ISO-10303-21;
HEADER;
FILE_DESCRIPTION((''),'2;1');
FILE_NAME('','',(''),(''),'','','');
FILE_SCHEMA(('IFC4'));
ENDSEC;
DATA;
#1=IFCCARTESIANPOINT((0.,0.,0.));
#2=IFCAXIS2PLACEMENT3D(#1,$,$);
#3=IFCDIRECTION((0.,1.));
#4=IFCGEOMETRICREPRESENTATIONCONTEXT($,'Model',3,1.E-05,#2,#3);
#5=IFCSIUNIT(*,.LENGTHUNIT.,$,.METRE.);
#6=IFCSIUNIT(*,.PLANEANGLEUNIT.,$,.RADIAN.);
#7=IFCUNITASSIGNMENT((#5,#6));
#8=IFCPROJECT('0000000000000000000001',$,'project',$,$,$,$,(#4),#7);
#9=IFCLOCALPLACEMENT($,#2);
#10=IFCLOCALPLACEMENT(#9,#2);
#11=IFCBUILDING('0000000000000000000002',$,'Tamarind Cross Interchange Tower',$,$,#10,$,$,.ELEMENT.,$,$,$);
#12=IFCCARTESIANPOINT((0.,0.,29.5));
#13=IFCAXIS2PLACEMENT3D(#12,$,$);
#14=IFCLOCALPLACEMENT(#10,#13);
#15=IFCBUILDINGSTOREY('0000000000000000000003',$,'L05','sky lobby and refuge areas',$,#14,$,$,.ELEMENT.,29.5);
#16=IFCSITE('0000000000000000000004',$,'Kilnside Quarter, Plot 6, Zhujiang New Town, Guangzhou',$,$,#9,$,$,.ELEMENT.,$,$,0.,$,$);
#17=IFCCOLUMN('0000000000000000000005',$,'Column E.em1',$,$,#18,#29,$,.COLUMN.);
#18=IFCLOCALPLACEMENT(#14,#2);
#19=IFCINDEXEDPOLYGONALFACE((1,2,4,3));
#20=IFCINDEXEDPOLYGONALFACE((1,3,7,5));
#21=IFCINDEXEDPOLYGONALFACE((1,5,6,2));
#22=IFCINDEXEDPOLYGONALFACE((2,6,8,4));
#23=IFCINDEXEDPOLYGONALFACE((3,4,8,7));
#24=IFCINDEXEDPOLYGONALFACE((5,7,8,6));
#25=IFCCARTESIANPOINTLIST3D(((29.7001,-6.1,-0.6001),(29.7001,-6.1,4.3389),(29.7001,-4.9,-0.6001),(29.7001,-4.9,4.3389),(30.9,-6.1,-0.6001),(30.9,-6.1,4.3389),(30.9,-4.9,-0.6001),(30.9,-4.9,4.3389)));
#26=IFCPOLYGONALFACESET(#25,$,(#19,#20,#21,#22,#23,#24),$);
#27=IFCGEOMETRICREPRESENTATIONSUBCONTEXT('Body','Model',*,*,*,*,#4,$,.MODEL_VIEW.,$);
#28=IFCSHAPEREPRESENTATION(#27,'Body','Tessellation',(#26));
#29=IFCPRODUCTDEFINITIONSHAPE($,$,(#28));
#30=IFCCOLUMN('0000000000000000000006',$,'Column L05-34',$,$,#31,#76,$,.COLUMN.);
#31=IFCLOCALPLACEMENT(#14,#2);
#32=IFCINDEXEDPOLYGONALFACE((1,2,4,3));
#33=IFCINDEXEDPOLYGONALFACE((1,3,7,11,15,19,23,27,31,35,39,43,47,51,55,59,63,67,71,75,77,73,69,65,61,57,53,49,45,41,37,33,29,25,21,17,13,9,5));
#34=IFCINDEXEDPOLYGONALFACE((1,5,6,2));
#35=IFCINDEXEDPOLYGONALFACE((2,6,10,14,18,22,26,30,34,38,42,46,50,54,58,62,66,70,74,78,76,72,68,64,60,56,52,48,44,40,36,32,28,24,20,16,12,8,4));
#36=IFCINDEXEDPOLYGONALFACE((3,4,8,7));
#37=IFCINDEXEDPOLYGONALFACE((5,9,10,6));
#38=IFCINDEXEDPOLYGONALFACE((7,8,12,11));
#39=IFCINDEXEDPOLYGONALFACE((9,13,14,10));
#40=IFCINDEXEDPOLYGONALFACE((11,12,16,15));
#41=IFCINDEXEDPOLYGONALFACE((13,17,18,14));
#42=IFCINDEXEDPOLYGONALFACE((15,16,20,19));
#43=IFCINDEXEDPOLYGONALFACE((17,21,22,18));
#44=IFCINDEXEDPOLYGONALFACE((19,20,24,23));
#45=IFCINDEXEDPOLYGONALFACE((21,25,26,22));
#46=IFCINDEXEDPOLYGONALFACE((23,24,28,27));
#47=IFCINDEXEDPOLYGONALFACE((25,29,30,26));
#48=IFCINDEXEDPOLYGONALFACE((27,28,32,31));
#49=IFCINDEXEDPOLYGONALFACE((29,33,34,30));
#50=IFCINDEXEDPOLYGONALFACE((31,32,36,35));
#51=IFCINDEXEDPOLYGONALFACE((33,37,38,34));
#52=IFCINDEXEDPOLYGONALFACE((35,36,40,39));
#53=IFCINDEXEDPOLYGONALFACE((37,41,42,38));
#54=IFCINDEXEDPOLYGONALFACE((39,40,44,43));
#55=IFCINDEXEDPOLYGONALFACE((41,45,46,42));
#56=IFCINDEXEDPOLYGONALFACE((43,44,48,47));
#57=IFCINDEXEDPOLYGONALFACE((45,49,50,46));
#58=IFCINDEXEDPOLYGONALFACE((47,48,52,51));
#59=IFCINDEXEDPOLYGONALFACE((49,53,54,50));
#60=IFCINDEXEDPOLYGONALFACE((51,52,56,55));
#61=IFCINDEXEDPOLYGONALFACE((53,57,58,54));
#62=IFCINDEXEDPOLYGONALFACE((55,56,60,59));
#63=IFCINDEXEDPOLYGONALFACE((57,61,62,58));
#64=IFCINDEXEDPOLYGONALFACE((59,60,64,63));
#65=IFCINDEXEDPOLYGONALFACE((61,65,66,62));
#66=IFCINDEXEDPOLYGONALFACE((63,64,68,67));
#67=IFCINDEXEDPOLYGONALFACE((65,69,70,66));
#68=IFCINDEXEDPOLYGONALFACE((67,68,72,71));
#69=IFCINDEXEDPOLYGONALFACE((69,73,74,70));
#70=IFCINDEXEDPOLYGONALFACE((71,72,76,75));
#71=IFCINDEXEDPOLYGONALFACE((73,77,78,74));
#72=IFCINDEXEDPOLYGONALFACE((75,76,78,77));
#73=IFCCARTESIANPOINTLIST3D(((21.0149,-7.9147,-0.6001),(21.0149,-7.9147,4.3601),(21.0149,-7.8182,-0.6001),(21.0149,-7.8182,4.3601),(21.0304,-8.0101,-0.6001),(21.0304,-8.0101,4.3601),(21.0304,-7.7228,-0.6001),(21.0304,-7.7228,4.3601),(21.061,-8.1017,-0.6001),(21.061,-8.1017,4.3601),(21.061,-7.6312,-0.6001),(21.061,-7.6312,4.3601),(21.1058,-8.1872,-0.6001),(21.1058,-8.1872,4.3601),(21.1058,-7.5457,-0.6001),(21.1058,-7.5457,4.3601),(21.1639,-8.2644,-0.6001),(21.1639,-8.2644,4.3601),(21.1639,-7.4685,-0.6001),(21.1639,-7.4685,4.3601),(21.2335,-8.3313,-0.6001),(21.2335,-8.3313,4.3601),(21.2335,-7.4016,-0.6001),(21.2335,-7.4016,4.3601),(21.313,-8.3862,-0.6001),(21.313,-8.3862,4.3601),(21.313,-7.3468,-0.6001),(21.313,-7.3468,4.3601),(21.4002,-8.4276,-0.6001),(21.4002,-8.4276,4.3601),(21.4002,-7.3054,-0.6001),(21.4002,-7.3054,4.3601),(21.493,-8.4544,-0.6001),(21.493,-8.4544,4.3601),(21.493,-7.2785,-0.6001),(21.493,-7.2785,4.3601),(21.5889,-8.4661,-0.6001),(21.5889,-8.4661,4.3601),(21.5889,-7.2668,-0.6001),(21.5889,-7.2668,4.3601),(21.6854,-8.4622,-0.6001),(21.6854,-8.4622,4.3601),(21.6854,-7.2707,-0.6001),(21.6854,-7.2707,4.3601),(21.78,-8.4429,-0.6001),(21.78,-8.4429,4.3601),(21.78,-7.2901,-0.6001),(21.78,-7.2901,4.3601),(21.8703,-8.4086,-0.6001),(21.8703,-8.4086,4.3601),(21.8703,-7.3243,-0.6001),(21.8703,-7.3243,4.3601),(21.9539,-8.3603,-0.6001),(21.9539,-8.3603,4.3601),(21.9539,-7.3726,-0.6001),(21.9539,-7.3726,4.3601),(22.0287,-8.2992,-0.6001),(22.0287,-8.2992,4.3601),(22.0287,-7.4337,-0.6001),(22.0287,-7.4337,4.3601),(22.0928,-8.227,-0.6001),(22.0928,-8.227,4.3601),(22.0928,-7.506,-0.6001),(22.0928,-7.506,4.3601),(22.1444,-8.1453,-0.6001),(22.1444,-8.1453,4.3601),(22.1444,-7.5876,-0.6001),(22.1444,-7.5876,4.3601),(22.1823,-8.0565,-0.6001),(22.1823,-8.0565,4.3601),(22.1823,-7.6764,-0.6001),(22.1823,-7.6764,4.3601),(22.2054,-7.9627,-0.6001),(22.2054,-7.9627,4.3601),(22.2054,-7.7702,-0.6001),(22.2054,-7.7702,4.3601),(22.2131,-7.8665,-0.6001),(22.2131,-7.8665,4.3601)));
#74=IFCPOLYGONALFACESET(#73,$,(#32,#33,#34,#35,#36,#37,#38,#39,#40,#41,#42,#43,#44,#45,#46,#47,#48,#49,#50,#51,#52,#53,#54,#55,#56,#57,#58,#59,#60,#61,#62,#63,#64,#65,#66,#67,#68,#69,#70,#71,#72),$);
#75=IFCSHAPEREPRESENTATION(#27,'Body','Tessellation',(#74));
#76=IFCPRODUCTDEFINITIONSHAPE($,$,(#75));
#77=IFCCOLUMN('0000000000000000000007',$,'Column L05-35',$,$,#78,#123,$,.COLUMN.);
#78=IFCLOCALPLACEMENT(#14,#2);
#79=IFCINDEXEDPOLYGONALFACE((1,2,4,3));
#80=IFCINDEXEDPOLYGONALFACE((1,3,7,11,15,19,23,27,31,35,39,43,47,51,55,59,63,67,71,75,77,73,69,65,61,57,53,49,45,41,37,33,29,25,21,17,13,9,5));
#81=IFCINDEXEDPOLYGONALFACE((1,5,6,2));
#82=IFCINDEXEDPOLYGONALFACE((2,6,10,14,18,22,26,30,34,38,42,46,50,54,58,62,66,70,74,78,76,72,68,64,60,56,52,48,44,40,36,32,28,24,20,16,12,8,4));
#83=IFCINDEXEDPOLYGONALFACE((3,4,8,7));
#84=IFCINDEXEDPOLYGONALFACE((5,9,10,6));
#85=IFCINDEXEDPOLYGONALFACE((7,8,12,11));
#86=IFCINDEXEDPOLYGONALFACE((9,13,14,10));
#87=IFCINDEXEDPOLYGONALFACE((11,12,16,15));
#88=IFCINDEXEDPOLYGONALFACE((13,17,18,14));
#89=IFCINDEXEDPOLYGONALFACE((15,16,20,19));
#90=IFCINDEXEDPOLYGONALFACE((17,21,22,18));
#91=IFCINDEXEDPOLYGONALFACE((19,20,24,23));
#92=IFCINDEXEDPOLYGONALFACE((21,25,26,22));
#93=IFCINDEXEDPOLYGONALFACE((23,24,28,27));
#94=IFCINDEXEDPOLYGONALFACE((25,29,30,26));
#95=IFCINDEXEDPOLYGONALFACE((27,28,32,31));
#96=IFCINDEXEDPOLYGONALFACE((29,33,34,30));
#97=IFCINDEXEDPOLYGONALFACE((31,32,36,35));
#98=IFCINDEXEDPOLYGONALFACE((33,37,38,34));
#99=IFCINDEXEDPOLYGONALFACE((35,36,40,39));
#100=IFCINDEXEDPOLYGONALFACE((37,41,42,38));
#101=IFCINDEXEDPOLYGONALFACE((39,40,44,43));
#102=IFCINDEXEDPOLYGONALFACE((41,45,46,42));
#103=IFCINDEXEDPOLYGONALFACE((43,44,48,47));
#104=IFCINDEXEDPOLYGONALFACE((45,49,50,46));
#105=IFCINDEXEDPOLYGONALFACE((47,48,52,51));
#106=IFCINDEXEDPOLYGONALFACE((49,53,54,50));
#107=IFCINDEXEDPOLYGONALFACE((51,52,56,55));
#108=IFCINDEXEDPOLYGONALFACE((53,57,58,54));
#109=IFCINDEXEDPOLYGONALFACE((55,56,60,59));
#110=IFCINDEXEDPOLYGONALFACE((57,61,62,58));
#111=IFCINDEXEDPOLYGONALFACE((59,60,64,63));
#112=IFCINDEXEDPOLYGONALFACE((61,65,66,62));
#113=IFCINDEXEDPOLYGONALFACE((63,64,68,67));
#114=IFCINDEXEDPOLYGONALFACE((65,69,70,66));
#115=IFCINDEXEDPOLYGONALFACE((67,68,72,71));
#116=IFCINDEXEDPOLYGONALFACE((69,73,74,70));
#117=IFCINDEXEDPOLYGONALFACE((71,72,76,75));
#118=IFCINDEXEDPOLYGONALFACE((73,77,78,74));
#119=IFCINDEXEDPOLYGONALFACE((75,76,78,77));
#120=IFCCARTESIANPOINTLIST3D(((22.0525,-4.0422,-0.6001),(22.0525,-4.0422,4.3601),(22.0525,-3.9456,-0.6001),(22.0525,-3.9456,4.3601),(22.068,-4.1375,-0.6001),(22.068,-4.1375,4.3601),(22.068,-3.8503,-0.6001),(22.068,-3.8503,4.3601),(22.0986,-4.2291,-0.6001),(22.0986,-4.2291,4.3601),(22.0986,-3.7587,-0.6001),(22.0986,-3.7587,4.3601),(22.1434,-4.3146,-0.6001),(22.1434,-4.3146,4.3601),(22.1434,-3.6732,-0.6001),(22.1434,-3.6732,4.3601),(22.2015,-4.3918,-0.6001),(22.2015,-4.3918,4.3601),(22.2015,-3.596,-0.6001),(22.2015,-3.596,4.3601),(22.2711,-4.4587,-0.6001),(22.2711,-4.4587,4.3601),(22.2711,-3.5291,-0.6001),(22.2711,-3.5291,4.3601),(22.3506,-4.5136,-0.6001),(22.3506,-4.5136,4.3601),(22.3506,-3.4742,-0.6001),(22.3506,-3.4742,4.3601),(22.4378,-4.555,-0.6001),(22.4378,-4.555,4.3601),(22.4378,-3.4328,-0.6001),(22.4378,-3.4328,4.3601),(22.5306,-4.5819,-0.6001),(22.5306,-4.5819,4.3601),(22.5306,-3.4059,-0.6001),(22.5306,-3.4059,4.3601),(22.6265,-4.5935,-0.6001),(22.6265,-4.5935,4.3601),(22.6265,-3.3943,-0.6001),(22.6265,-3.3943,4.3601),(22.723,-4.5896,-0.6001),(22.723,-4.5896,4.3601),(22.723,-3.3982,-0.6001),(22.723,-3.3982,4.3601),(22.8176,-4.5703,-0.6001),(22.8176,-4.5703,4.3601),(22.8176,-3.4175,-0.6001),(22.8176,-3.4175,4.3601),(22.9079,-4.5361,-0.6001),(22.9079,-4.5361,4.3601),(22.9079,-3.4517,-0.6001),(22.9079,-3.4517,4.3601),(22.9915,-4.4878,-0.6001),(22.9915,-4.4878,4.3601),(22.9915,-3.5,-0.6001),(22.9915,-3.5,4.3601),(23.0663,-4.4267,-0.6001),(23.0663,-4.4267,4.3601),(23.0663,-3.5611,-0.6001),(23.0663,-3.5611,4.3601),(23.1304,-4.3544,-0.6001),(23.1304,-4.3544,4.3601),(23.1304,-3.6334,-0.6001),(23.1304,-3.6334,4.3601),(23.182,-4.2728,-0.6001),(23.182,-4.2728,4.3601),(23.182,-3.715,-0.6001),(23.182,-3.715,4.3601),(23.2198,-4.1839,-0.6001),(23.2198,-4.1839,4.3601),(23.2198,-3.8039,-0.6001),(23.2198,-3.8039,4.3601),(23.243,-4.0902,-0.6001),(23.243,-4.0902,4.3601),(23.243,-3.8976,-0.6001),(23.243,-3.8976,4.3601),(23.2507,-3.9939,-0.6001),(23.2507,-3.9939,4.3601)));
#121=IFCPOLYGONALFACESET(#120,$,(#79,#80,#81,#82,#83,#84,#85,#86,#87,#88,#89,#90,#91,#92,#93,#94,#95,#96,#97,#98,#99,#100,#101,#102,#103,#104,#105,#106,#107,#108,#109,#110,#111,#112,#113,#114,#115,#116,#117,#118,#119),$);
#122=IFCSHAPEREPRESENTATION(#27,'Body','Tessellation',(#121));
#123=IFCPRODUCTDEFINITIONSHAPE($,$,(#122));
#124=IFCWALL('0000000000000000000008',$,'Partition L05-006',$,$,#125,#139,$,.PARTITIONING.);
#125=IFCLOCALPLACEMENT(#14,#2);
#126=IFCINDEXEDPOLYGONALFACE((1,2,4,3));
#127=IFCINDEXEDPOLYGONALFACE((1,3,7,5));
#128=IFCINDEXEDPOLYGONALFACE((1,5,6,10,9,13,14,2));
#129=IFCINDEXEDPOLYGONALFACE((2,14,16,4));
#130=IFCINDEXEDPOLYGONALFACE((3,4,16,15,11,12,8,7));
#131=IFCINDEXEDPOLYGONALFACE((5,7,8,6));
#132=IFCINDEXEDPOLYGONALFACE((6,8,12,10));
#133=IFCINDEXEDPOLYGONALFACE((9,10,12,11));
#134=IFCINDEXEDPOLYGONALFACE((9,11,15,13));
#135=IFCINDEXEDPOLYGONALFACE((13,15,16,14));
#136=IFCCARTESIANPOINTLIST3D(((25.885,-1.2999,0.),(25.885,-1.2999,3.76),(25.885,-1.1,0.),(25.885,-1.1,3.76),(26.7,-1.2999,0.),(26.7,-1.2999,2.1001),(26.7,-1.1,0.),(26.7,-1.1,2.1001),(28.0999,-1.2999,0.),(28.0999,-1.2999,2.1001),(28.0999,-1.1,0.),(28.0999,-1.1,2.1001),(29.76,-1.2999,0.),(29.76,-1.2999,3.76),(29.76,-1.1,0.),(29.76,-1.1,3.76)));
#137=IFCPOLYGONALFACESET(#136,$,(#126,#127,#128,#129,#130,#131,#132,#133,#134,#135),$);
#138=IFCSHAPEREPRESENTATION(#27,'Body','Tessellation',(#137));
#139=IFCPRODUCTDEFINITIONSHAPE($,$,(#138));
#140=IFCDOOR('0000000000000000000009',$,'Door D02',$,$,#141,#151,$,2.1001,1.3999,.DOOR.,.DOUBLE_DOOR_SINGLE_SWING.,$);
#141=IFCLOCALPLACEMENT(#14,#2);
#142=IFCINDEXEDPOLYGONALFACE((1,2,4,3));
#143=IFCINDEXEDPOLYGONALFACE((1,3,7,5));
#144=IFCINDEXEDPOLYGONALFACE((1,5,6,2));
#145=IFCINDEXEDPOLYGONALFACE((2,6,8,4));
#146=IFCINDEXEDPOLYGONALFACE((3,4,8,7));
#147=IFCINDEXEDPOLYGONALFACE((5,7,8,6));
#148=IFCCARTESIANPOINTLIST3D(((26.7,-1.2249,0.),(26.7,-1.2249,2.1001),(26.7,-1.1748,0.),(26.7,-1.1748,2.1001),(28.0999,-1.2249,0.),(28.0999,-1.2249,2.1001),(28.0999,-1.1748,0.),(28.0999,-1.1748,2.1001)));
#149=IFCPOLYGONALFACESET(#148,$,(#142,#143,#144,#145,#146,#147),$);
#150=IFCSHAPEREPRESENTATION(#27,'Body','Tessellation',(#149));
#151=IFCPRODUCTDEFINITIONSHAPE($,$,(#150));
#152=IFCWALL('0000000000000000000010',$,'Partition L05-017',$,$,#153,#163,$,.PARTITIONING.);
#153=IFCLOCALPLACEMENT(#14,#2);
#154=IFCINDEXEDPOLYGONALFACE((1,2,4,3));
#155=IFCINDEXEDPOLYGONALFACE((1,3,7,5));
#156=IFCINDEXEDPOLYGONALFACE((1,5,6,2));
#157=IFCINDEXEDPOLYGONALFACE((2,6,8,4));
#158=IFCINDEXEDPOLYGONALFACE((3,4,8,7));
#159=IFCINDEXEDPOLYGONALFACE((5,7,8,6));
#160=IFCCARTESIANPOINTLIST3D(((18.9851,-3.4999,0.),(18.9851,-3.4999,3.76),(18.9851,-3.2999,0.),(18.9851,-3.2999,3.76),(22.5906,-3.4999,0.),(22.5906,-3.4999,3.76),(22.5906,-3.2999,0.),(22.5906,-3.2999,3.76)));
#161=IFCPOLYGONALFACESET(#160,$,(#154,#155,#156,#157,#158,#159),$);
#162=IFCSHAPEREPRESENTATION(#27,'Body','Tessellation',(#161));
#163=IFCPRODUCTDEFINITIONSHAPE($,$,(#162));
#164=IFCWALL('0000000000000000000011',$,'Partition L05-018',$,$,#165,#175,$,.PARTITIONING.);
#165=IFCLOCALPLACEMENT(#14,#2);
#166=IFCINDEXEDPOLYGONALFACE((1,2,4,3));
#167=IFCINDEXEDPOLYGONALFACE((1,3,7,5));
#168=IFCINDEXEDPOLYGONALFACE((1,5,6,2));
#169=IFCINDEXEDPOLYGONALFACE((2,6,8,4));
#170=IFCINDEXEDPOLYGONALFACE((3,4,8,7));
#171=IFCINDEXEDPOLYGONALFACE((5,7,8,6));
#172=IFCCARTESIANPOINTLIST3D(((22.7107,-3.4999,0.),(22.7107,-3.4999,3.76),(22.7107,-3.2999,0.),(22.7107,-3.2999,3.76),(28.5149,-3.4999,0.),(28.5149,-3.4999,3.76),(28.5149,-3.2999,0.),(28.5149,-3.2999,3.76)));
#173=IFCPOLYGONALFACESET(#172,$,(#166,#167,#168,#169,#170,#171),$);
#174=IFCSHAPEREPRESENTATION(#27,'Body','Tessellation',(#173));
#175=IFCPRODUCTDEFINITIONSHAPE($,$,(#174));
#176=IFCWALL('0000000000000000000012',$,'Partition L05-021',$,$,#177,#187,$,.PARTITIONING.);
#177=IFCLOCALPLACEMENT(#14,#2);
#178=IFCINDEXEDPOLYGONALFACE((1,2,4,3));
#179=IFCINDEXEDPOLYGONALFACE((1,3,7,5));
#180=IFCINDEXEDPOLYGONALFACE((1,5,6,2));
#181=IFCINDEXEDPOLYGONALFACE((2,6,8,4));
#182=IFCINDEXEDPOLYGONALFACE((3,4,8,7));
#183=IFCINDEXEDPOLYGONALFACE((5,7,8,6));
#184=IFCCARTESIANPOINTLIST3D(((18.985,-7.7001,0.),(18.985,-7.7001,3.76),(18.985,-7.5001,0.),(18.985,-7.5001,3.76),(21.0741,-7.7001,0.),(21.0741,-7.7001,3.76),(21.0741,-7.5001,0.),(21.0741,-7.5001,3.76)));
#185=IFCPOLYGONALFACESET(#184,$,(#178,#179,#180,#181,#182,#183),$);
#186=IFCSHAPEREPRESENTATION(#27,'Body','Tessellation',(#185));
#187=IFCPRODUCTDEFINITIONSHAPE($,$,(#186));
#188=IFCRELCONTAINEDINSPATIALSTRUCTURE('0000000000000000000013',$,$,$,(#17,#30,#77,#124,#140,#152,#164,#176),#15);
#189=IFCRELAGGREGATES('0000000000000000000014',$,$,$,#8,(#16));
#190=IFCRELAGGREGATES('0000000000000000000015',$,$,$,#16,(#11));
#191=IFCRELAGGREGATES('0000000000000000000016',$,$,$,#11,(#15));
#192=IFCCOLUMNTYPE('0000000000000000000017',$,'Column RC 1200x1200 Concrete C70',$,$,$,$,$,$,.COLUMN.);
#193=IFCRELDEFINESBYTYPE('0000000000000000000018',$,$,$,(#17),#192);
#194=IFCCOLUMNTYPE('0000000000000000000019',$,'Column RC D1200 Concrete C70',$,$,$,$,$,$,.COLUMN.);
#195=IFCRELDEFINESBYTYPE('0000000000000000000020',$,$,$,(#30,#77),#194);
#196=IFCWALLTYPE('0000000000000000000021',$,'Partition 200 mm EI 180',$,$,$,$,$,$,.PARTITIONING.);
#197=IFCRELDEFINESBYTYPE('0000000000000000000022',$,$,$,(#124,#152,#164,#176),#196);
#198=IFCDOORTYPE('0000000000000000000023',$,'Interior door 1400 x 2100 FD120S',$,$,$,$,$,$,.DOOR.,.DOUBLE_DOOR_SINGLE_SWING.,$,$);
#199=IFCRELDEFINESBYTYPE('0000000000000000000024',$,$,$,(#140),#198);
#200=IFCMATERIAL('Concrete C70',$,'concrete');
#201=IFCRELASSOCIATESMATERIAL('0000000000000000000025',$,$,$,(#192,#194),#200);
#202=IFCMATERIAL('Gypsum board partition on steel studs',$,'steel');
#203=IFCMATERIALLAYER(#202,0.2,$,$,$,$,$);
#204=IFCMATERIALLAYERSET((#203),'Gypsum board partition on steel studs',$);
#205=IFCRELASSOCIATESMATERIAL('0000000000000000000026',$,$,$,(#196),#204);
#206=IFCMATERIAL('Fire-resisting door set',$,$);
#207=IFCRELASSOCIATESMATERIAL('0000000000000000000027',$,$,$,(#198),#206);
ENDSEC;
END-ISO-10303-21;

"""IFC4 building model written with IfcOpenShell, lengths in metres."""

from ifc_helpers import new_model, si_unit, direction, frame, frame_2d, origin, origin_2d, place, context, subcontext, project, spatial, rectangle, circle, extrude, material, layer, layer_set, material_profile, profile_set, type_object, element, fill, save


model = new_model("IFC4")

# Units and contexts
model_context = context("Model", 3, precision=1e-05, world=origin(), true_north=direction((0.0, 1.0)))
body_context = subcontext(model_context, "Body", "Model", "MODEL_VIEW")
ifc_project = project(units=[si_unit("LENGTHUNIT", "METRE"), si_unit("PLANEANGLEUNIT", "RADIAN")], contexts=[model_context])

# Site, building, storey
site_placement = place(None, origin())
site = spatial("IfcSite", under=ifc_project, at=site_placement, Name="Kilnside Quarter, Plot 6, Zhujiang New Town, Guangzhou", CompositionType="ELEMENT", RefElevation=0.0)
building_placement = place(site_placement, origin())
building = spatial("IfcBuilding", under=site, at=building_placement, Name="Tamarind Cross Interchange Tower", CompositionType="ELEMENT")
storey_placement = place(building_placement, frame((0.0, 0.0, 29.5)))
storey = spatial("IfcBuildingStorey", under=building, at=storey_placement, Name="L05", Description="sky lobby and refuge areas", CompositionType="ELEMENT", Elevation=29.5)

# Columns
ifc_material_1 = material(Name="Concrete C70", Category="concrete")
ifc_material_profile_1 = material_profile(ifc_material_1, rectangle(XDim=1.2, YDim=1.2, at=origin_2d()), Name="RC 1200x1200")
ifc_profile_set_1 = profile_set([ifc_material_profile_1], Name="Concrete C70")
column_type_1 = type_object("IfcColumnType", Name="Column RC 1200x1200 Concrete C70", PredefinedType="COLUMN", material=ifc_profile_set_1)
column_placement = place(storey_placement, frame((30.3, -5.5, -0.6001), z_axis=(0.0, 0.0, 1.0), x_axis=(1.0, 0.0, 0.0)))
element("IfcColumn", 1, at=column_placement, inside=storey, type_object=column_type_1, Name="Column E.em1", PredefinedType="COLUMN", context=body_context, shape_type="SweptSolid", body=[
    extrude(rectangle(XDim=1.2, YDim=1.2, at=origin_2d()), origin(), (0.0, 0.0, 1.0), 4.939),
])
ifc_material_profile_2 = material_profile(ifc_material_1, circle(Radius=0.6001, at=origin_2d()), Name="RC D1200")
ifc_profile_set_2 = profile_set([ifc_material_profile_2], Name="Concrete C70")
column_type_2 = type_object("IfcColumnType", Name="Column RC D1200 Concrete C70", PredefinedType="COLUMN", material=ifc_profile_set_2)
for number, where, z_axis, x_axis, name in (
    (2, (21.613, -7.8665, -0.6001), (0.0, 0.0, 1.0), (1.0, 0.0, 0.0), "Column L05-34"),
    (3, (22.6506, -3.9939, -0.6001), (0.0, 0.0, 1.0), (1.0, 0.0, 0.0), "Column L05-35"),
):
    element("IfcColumn", number, at=place(storey_placement, frame(where, z_axis=z_axis, x_axis=x_axis)), inside=storey, type_object=column_type_2, Name=name, PredefinedType="COLUMN", context=body_context, shape_type="SweptSolid", body=[
        extrude(circle(Radius=0.6001, at=origin_2d()), origin(), (0.0, 0.0, 1.0), 4.9602),
    ])

# Wall, opening, door
ifc_material_2 = material(Name="Gypsum board partition on steel studs", Category="steel")
ifc_layer_1 = layer(ifc_material_2, 0.2)
ifc_layer_set_1 = layer_set([ifc_layer_1], Name="Gypsum board partition on steel studs")
wall_type_1 = type_object("IfcWallType", Name="Partition 200 mm EI 180", PredefinedType="PARTITIONING", material=ifc_layer_set_1)
wall_1_placement = place(storey_placement, frame((25.885, -1.2, 0.0), z_axis=(0.0, 0.0, 1.0), x_axis=(1.0, 0.0, 0.0)))
wall_1 = element("IfcWall", 4, at=wall_1_placement, inside=storey, type_object=wall_type_1, Name="Partition L05-006", PredefinedType="PARTITIONING", context=body_context, shape_type="SweptSolid", body=[
    extrude(rectangle(XDim=3.875, YDim=0.2, at=frame_2d((1.9375, 0.0))), origin(), (0.0, 0.0, 1.0), 3.76),
])
opening_1_placement = place(wall_1_placement, frame((0.8149, 0.0, 0.0)))
opening_1 = element("IfcOpeningElement", 5, at=opening_1_placement, cuts=wall_1, PredefinedType="OPENING", context=body_context, shape_type="SweptSolid", body=[
    extrude(rectangle(XDim=1.3999, YDim=2.1001, at=frame_2d((0.7, 1.05))), frame((0.0, 0.1099, 0.0), z_axis=(0.0, -1.0, 0.0), x_axis=(1.0, 0.0, 0.0)), (0.0, 0.0, 1.0), 0.22),
])
ifc_material_3 = material(Name="Fire-resisting door set")
door_type_1 = type_object("IfcDoorType", Name="Interior door 1400 x 2100 FD120S", OperationType="DOUBLE_DOOR_SINGLE_SWING", PredefinedType="DOOR", material=ifc_material_3)
door_1_placement = place(opening_1_placement, frame((1.3999, 0.0, 0.0), z_axis=(0.0, 0.0, 1.0), x_axis=(-1.0, 0.0, 0.0)))
door_1 = element("IfcDoor", 6, at=door_1_placement, inside=storey, type_object=door_type_1, Name="Door D02", OperationType="DOUBLE_DOOR_SINGLE_SWING", OverallHeight=2.1001, OverallWidth=1.3999, PredefinedType="DOOR", context=body_context, shape_type="SweptSolid", body=[
    extrude(rectangle(XDim=1.3999, YDim=2.1001, at=frame_2d((0.7, 1.05))), frame((0.0, 0.0249, 0.0), z_axis=(0.0, -1.0, 0.0), x_axis=(1.0, 0.0, 0.0)), (0.0, 0.0, 1.0), 0.05),
])
fill(opening_1, door_1)

# Walls
wall_2_placement = place(storey_placement, frame((18.9851, -3.3999, 0.0), z_axis=(0.0, 0.0, 1.0), x_axis=(1.0, 0.0, 0.0)))
element("IfcWall", 7, at=wall_2_placement, inside=storey, type_object=wall_type_1, Name="Partition L05-017", PredefinedType="PARTITIONING", context=body_context, shape_type="SweptSolid", body=[
    extrude(rectangle(XDim=3.6055, YDim=0.2, at=frame_2d((1.8027, 0.0))), origin(), (0.0, 0.0, 1.0), 3.76),
])
wall_3_placement = place(storey_placement, frame((22.7107, -3.3999, 0.0), z_axis=(0.0, 0.0, 1.0), x_axis=(1.0, 0.0, 0.0)))
element("IfcWall", 8, at=wall_3_placement, inside=storey, type_object=wall_type_1, Name="Partition L05-018", PredefinedType="PARTITIONING", context=body_context, shape_type="SweptSolid", body=[
    extrude(rectangle(XDim=5.8042, YDim=0.2, at=frame_2d((2.9021, 0.0))), origin(), (0.0, 0.0, 1.0), 3.76),
])
wall_4_placement = place(storey_placement, frame((18.9851, -7.6001, 0.0), z_axis=(0.0, 0.0, 1.0), x_axis=(1.0, 0.0, 0.0)))
element("IfcWall", 9, at=wall_4_placement, inside=storey, type_object=wall_type_1, Name="Partition L05-021", PredefinedType="PARTITIONING", context=body_context, shape_type="SweptSolid", body=[
    extrude(rectangle(XDim=2.0891, YDim=0.2, at=frame_2d((1.0444, 0.0))), origin(), (0.0, 0.0, 1.0), 3.76),
])

save(model, "model.ifc")
